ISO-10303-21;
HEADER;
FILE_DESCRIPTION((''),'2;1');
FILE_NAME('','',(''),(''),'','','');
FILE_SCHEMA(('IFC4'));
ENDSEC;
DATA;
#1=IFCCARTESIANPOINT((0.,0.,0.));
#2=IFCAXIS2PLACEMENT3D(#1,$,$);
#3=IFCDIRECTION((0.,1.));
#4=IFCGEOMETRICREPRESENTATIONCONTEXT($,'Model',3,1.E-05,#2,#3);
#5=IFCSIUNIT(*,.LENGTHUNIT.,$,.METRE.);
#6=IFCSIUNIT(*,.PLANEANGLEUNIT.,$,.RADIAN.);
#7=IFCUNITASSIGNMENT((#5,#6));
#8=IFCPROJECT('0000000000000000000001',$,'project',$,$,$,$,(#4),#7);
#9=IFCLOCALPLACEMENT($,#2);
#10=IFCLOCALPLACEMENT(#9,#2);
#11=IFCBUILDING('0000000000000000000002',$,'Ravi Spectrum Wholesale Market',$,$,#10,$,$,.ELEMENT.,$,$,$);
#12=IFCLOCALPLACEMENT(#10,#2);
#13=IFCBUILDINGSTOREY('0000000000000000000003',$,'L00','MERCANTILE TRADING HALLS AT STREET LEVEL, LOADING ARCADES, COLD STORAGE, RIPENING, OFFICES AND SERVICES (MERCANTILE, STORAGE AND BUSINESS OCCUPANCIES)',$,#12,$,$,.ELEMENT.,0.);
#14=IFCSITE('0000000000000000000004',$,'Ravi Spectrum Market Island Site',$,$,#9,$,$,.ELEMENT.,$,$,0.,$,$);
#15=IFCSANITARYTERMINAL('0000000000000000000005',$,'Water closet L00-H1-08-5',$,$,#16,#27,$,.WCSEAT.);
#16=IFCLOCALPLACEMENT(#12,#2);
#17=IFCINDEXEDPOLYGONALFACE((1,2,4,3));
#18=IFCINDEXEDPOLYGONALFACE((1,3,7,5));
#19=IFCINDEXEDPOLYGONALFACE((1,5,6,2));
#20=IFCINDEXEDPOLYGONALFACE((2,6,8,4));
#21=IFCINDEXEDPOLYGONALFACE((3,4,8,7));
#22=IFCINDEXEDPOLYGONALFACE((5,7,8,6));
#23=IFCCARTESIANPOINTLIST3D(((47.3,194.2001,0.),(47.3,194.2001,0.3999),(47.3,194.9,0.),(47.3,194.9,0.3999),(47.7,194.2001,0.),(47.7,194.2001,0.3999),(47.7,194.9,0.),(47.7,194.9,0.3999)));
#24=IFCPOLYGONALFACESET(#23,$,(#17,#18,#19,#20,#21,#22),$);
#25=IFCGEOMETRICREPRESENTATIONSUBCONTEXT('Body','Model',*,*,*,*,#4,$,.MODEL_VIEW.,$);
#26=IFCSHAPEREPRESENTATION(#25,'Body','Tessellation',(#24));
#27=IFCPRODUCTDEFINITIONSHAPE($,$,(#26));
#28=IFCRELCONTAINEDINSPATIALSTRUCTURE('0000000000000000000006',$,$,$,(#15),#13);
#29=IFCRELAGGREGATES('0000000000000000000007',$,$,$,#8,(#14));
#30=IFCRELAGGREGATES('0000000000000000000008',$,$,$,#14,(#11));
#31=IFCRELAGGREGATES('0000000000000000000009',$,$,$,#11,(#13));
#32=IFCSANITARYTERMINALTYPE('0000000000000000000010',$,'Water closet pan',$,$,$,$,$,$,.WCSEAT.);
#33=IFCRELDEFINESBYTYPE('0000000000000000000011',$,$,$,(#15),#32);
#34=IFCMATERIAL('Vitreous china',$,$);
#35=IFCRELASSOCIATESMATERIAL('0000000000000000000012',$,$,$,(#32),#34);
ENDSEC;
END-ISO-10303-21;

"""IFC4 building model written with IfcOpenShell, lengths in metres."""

from ifc_helpers import new_model, si_unit, direction, frame, origin, origin_2d, place, context, subcontext, project, spatial, rectangle, extrude, material, type_object, element, save


model = new_model("IFC4")

# Units and contexts
model_context = context("Model", 3, precision=1e-05, world=origin(), true_north=direction((0.0, 1.0)))
body_context = subcontext(model_context, "Body", "Model", "MODEL_VIEW")
ifc_project = project(units=[si_unit("LENGTHUNIT", "METRE"), si_unit("PLANEANGLEUNIT", "RADIAN")], contexts=[model_context])

# Site, building, storey
site_placement = place(None, origin())
site = spatial("IfcSite", under=ifc_project, at=site_placement, Name="Ravi Spectrum Market Island Site", CompositionType="ELEMENT", RefElevation=0.0)
building_placement = place(site_placement, origin())
building = spatial("IfcBuilding", under=site, at=building_placement, Name="Ravi Spectrum Wholesale Market", CompositionType="ELEMENT")
storey_placement = place(building_placement, origin())
storey = spatial("IfcBuildingStorey", under=building, at=storey_placement, Name="L00", Description="MERCANTILE TRADING HALLS AT STREET LEVEL, LOADING ARCADES, COLD STORAGE, RIPENING, OFFICES AND SERVICES (MERCANTILE, STORAGE AND BUSINESS OCCUPANCIES)", CompositionType="ELEMENT", Elevation=0.0)

# Sanitary terminal
ifc_material_1 = material(Name="Vitreous china")
sanitary_terminal_type = type_object("IfcSanitaryTerminalType", Name="Water closet pan", PredefinedType="WCSEAT", material=ifc_material_1)
for number, where, z_axis, x_axis, name in (
    (1, (47.5, 194.55, 0.0), (0.0, 0.0, 1.0), (1.0, 0.0, 0.0), "Water closet L00-H1-08-5"),
):
    element("IfcSanitaryTerminal", number, at=place(storey_placement, frame(where, z_axis=z_axis, x_axis=x_axis)), inside=storey, type_object=sanitary_terminal_type, Name=name, PredefinedType="WCSEAT", context=body_context, shape_type="SweptSolid", body=[
        extrude(rectangle(XDim=0.3999, YDim=0.7, at=origin_2d()), origin(), (0.0, 0.0, 1.0), 0.3999),
    ])

save(model, "model.ifc")
